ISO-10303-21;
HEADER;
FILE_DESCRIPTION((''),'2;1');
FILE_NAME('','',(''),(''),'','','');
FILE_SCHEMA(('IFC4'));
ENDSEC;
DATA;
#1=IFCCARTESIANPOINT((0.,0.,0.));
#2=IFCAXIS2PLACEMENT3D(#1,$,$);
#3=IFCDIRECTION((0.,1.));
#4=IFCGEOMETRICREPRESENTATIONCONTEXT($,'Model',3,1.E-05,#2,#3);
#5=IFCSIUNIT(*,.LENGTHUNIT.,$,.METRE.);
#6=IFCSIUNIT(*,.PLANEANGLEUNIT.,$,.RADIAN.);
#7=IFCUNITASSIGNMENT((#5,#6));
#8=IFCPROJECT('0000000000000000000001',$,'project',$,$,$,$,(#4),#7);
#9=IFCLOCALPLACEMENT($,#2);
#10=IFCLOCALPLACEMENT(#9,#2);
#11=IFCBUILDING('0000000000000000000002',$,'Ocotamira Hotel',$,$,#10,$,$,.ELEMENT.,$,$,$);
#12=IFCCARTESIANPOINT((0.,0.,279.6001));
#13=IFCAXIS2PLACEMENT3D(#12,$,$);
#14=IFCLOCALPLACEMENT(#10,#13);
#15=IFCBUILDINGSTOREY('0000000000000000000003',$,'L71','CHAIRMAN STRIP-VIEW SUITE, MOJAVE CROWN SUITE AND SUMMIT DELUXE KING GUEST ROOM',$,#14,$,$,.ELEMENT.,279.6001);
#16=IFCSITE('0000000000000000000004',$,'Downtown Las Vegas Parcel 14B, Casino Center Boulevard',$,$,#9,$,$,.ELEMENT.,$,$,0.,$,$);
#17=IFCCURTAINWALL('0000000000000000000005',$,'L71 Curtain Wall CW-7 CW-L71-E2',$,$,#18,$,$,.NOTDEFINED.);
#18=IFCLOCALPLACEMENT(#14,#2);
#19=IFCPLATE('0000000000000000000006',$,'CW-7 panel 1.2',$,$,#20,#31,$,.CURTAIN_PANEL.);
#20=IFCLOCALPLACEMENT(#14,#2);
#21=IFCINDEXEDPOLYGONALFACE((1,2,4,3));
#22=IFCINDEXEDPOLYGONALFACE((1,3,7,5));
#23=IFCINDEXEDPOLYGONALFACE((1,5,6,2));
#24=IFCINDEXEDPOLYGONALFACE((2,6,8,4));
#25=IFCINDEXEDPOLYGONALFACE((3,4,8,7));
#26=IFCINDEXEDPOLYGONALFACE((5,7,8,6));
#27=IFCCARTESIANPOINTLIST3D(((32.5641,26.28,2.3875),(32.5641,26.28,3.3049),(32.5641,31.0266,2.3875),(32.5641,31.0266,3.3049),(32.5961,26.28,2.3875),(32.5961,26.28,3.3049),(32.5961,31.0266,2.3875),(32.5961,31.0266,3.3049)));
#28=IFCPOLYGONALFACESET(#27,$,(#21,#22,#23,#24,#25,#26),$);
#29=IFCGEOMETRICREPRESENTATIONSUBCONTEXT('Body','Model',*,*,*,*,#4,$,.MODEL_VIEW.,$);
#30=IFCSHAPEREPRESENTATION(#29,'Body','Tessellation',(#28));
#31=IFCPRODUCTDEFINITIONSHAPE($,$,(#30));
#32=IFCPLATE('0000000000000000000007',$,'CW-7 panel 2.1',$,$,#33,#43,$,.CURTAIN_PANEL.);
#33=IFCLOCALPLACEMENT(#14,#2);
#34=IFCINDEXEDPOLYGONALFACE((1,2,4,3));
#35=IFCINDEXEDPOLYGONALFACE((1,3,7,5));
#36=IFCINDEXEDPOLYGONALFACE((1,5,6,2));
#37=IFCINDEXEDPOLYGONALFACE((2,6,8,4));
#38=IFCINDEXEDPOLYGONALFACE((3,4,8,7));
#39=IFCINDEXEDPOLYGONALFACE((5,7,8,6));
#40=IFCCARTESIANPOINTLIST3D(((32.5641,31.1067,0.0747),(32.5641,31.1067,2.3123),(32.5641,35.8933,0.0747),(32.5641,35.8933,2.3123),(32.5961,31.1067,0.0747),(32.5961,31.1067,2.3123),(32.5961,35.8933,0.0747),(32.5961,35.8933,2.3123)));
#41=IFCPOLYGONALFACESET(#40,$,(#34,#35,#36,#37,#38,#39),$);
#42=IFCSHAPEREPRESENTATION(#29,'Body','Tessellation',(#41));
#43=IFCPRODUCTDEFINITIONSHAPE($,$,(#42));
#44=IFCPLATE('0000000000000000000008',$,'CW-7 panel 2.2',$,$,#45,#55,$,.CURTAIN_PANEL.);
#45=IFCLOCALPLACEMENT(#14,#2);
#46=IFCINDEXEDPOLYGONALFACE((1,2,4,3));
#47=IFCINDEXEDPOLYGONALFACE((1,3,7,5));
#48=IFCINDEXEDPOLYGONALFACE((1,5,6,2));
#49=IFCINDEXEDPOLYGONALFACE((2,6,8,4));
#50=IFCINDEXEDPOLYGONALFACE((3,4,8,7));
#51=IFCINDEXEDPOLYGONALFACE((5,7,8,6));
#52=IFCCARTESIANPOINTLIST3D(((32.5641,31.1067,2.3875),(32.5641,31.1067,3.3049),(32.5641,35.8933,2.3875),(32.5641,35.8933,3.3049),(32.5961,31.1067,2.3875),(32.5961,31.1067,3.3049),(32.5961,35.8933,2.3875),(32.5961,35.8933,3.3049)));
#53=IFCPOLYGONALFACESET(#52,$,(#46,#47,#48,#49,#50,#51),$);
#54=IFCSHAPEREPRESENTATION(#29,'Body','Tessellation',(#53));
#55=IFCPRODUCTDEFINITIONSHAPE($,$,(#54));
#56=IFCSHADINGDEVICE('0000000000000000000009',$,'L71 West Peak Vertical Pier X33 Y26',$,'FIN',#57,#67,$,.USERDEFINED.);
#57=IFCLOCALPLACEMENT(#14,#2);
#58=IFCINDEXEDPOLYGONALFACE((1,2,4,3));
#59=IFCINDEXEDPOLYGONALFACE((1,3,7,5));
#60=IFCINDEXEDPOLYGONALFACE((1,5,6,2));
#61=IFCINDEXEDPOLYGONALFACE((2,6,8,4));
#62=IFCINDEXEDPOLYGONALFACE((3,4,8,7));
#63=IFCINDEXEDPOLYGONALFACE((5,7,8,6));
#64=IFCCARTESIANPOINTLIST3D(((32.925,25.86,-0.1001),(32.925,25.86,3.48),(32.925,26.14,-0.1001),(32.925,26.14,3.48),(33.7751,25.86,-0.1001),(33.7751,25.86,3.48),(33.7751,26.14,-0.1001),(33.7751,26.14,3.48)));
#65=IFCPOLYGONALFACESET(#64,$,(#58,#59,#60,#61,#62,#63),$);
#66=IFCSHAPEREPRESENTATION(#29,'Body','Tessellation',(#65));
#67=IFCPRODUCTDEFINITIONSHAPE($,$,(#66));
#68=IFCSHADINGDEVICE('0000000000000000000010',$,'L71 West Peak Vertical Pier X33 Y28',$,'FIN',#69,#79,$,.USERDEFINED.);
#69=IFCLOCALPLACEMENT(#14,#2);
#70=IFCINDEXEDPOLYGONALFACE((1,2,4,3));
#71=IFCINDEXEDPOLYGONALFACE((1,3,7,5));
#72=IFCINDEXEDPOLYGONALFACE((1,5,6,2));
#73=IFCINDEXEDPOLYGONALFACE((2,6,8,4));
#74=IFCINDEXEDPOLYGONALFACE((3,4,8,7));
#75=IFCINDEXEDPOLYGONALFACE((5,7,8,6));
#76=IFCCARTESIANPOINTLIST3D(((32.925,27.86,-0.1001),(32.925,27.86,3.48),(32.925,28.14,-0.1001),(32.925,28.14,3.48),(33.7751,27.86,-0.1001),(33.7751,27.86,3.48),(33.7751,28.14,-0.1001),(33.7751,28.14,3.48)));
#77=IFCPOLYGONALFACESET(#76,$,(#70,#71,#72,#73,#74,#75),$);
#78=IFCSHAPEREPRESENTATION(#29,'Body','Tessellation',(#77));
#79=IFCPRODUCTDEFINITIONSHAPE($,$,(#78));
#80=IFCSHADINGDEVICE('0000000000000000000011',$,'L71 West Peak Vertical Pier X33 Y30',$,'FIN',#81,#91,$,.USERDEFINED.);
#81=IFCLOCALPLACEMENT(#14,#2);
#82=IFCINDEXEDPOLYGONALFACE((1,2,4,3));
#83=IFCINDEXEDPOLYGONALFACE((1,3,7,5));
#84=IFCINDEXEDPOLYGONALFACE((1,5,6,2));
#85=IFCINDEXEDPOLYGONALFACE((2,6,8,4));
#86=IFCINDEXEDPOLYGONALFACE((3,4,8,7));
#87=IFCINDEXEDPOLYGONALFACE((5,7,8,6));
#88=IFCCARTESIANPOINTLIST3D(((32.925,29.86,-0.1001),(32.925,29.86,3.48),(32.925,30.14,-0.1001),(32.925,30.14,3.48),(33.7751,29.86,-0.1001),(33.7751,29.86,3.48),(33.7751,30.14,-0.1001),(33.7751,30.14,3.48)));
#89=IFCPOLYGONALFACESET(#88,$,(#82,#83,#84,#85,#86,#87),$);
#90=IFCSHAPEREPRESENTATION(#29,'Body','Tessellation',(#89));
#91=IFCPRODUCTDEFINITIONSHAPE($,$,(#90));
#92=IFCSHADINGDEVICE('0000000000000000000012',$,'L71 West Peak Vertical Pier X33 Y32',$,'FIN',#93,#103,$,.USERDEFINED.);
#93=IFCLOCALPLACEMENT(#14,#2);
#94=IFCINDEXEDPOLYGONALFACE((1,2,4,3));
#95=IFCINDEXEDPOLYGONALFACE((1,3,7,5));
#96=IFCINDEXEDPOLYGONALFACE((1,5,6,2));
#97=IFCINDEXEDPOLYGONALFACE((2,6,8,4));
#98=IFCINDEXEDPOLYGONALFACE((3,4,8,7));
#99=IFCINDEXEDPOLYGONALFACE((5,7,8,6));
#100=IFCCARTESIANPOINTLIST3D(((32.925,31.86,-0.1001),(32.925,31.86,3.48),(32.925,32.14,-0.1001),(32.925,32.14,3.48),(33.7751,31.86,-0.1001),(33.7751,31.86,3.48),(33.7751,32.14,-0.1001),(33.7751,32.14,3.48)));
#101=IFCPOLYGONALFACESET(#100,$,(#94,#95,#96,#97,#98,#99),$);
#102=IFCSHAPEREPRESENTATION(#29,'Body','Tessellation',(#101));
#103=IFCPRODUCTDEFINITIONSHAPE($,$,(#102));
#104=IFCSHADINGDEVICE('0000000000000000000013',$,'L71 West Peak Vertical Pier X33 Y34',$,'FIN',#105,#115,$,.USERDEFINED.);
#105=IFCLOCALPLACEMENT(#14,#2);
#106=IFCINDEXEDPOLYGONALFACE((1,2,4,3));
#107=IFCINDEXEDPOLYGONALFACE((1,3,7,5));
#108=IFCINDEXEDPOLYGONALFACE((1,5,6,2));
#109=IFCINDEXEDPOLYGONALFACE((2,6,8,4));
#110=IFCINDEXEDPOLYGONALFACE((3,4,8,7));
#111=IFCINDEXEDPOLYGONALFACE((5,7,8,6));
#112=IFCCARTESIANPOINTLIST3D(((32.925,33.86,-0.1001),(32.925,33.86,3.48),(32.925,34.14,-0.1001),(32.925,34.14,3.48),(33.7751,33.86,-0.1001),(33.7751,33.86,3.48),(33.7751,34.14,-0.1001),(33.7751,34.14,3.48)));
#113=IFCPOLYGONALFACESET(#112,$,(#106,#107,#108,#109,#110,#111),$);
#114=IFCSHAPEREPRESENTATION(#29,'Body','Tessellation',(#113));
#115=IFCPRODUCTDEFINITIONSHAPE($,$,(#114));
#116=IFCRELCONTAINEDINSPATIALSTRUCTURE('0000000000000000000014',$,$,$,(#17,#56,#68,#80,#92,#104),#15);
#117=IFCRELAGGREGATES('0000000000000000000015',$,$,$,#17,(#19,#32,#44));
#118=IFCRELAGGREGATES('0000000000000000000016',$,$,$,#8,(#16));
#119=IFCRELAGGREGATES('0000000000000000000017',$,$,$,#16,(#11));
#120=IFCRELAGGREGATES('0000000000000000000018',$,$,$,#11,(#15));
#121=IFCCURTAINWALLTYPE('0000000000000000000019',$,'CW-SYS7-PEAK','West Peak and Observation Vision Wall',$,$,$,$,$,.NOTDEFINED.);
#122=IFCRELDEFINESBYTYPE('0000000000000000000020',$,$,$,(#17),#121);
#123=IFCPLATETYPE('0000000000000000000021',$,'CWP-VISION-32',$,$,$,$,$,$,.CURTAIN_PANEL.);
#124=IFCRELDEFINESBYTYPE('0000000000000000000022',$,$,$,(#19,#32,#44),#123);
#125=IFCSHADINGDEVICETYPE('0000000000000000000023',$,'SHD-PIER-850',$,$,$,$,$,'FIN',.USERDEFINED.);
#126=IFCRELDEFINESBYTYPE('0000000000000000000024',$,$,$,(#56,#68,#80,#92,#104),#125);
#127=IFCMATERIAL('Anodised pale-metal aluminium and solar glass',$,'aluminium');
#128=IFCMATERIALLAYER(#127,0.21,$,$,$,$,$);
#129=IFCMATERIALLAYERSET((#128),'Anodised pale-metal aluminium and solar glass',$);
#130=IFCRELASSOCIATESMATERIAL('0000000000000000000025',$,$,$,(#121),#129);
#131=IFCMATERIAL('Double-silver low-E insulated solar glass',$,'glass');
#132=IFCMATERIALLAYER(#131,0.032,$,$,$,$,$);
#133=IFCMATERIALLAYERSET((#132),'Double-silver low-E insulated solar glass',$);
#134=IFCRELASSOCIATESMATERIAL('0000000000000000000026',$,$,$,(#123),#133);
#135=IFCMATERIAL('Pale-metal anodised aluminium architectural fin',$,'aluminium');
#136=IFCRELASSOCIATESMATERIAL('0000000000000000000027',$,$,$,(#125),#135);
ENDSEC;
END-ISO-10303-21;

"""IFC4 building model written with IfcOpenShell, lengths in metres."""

from ifc_helpers import new_model, si_unit, direction, frame, origin, origin_2d, place, context, subcontext, project, spatial, rectangle, extrude, source, transform, mapped, material, layer, layer_set, type_object, element, aggregate, save


model = new_model("IFC4")

# Units and contexts
model_context = context("Model", 3, precision=1e-05, world=origin(), true_north=direction((0.0, 1.0)))
body_context = subcontext(model_context, "Body", "Model", "MODEL_VIEW")
ifc_project = project(units=[si_unit("LENGTHUNIT", "METRE"), si_unit("PLANEANGLEUNIT", "RADIAN")], contexts=[model_context])

# Site, building, storey
site_placement = place(None, origin())
site = spatial("IfcSite", under=ifc_project, at=site_placement, Name="Downtown Las Vegas Parcel 14B, Casino Center Boulevard", CompositionType="ELEMENT", RefElevation=0.0)
building_placement = place(site_placement, origin())
building = spatial("IfcBuilding", under=site, at=building_placement, Name="Ocotamira Hotel", CompositionType="ELEMENT")
storey_placement = place(building_placement, frame((0.0, 0.0, 279.6001)))
storey = spatial("IfcBuildingStorey", under=building, at=storey_placement, Name="L71", Description="CHAIRMAN STRIP-VIEW SUITE, MOJAVE CROWN SUITE AND SUMMIT DELUXE KING GUEST ROOM", CompositionType="ELEMENT", Elevation=279.6001)

# Shared definitions
ifc_material_1 = material(Name="Anodised pale-metal aluminium and solar glass", Category="aluminium")
ifc_layer_1 = layer(ifc_material_1, 0.21)
ifc_layer_set_1 = layer_set([ifc_layer_1], Name="Anodised pale-metal aluminium and solar glass")
curtain_wall_type = type_object("IfcCurtainWallType", Name="CW-SYS7-PEAK", Description="West Peak and Observation Vision Wall", PredefinedType="NOTDEFINED", material=ifc_layer_set_1)

# Curtain wall, plates
curtain_wall_1_placement = place(storey_placement, origin())
curtain_wall_1 = element("IfcCurtainWall", 1, at=curtain_wall_1_placement, inside=storey, type_object=curtain_wall_type, Name="L71 Curtain Wall CW-7 CW-L71-E2", PredefinedType="NOTDEFINED")
ifc_material_2 = material(Name="Double-silver low-E insulated solar glass", Category="glass")
ifc_layer_2 = layer(ifc_material_2, 0.032)
ifc_layer_set_2 = layer_set([ifc_layer_2], Name="Double-silver low-E insulated solar glass")
plate_type = type_object("IfcPlateType", Name="CWP-VISION-32", PredefinedType="CURTAIN_PANEL", material=ifc_layer_set_2)
shared_shape_1 = source(origin(), body_context, "Body", "SweptSolid", [
    extrude(rectangle(XDim=4.7466, YDim=0.032, at=origin_2d()), origin(), (0.0, 0.0, 1.0), 0.9175),
])
plate_1_placement = place(storey_placement, frame((32.5801, 28.6533, 2.3875), z_axis=(0.0, 0.0, 1.0), x_axis=(0.0, 1.0, 0.0)))
plate_1 = element("IfcPlate", 2, at=plate_1_placement, type_object=plate_type, Name="CW-7 panel 1.2", PredefinedType="CURTAIN_PANEL", context=body_context, shape_type="MappedRepresentation", body=[
    mapped(shared_shape_1, transform((0.0, 0.0, 0.0), scale=1.0)),
])
shared_shape_2 = source(origin(), body_context, "Body", "SweptSolid", [
    extrude(rectangle(XDim=4.7866, YDim=0.032, at=origin_2d()), origin(), (0.0, 0.0, 1.0), 2.2375),
])
plate_2_placement = place(storey_placement, frame((32.5801, 33.5, 0.0747), z_axis=(0.0, 0.0, 1.0), x_axis=(0.0, 1.0, 0.0)))
plate_2 = element("IfcPlate", 3, at=plate_2_placement, type_object=plate_type, Name="CW-7 panel 2.1", PredefinedType="CURTAIN_PANEL", context=body_context, shape_type="MappedRepresentation", body=[
    mapped(shared_shape_2, transform((0.0, 0.0, 0.0), scale=1.0)),
])
shared_shape_3 = source(origin(), body_context, "Body", "SweptSolid", [
    extrude(rectangle(XDim=4.7866, YDim=0.032, at=origin_2d()), origin(), (0.0, 0.0, 1.0), 0.9175),
])
plate_3_placement = place(storey_placement, frame((32.5801, 33.5, 2.3875), z_axis=(0.0, 0.0, 1.0), x_axis=(0.0, 1.0, 0.0)))
plate_3 = element("IfcPlate", 4, at=plate_3_placement, type_object=plate_type, Name="CW-7 panel 2.2", PredefinedType="CURTAIN_PANEL", context=body_context, shape_type="MappedRepresentation", body=[
    mapped(shared_shape_3, transform((0.0, 0.0, 0.0), scale=1.0)),
])
aggregate(curtain_wall_1, [plate_1, plate_2, plate_3])

# Shading devices
ifc_material_3 = material(Name="Pale-metal anodised aluminium architectural fin", Category="aluminium")
shading_device_type = type_object("IfcShadingDeviceType", Name="SHD-PIER-850", ElementType="FIN", PredefinedType="USERDEFINED", material=ifc_material_3)
shared_shape_4 = source(origin(), body_context, "Body", "SweptSolid", [
    extrude(rectangle(XDim=0.8501, YDim=0.28, at=origin_2d()), origin(), (0.0, 0.0, 1.0), 3.5801),
])
for number, where, z_axis, x_axis, name in (
    (5, (33.3501, 26.0, -0.1001), (0.0, 0.0, 1.0), (1.0, 0.0, 0.0), "L71 West Peak Vertical Pier X33 Y26"),
    (6, (33.3501, 28.0, -0.1001), (0.0, 0.0, 1.0), (1.0, 0.0, 0.0), "L71 West Peak Vertical Pier X33 Y28"),
    (7, (33.3501, 30.0, -0.1001), (0.0, 0.0, 1.0), (1.0, 0.0, 0.0), "L71 West Peak Vertical Pier X33 Y30"),
    (8, (33.3501, 32.0, -0.1001), (0.0, 0.0, 1.0), (1.0, 0.0, 0.0), "L71 West Peak Vertical Pier X33 Y32"),
    (9, (33.3501, 34.0, -0.1001), (0.0, 0.0, 1.0), (1.0, 0.0, 0.0), "L71 West Peak Vertical Pier X33 Y34"),
):
    element("IfcShadingDevice", number, at=place(storey_placement, frame(where, z_axis=z_axis, x_axis=x_axis)), inside=storey, type_object=shading_device_type, Name=name, ObjectType="FIN", PredefinedType="USERDEFINED", context=body_context, shape_type="MappedRepresentation", body=[
        mapped(shared_shape_4, transform((0.0, 0.0, 0.0), scale=1.0)),
    ])

save(model, "model.ifc")
